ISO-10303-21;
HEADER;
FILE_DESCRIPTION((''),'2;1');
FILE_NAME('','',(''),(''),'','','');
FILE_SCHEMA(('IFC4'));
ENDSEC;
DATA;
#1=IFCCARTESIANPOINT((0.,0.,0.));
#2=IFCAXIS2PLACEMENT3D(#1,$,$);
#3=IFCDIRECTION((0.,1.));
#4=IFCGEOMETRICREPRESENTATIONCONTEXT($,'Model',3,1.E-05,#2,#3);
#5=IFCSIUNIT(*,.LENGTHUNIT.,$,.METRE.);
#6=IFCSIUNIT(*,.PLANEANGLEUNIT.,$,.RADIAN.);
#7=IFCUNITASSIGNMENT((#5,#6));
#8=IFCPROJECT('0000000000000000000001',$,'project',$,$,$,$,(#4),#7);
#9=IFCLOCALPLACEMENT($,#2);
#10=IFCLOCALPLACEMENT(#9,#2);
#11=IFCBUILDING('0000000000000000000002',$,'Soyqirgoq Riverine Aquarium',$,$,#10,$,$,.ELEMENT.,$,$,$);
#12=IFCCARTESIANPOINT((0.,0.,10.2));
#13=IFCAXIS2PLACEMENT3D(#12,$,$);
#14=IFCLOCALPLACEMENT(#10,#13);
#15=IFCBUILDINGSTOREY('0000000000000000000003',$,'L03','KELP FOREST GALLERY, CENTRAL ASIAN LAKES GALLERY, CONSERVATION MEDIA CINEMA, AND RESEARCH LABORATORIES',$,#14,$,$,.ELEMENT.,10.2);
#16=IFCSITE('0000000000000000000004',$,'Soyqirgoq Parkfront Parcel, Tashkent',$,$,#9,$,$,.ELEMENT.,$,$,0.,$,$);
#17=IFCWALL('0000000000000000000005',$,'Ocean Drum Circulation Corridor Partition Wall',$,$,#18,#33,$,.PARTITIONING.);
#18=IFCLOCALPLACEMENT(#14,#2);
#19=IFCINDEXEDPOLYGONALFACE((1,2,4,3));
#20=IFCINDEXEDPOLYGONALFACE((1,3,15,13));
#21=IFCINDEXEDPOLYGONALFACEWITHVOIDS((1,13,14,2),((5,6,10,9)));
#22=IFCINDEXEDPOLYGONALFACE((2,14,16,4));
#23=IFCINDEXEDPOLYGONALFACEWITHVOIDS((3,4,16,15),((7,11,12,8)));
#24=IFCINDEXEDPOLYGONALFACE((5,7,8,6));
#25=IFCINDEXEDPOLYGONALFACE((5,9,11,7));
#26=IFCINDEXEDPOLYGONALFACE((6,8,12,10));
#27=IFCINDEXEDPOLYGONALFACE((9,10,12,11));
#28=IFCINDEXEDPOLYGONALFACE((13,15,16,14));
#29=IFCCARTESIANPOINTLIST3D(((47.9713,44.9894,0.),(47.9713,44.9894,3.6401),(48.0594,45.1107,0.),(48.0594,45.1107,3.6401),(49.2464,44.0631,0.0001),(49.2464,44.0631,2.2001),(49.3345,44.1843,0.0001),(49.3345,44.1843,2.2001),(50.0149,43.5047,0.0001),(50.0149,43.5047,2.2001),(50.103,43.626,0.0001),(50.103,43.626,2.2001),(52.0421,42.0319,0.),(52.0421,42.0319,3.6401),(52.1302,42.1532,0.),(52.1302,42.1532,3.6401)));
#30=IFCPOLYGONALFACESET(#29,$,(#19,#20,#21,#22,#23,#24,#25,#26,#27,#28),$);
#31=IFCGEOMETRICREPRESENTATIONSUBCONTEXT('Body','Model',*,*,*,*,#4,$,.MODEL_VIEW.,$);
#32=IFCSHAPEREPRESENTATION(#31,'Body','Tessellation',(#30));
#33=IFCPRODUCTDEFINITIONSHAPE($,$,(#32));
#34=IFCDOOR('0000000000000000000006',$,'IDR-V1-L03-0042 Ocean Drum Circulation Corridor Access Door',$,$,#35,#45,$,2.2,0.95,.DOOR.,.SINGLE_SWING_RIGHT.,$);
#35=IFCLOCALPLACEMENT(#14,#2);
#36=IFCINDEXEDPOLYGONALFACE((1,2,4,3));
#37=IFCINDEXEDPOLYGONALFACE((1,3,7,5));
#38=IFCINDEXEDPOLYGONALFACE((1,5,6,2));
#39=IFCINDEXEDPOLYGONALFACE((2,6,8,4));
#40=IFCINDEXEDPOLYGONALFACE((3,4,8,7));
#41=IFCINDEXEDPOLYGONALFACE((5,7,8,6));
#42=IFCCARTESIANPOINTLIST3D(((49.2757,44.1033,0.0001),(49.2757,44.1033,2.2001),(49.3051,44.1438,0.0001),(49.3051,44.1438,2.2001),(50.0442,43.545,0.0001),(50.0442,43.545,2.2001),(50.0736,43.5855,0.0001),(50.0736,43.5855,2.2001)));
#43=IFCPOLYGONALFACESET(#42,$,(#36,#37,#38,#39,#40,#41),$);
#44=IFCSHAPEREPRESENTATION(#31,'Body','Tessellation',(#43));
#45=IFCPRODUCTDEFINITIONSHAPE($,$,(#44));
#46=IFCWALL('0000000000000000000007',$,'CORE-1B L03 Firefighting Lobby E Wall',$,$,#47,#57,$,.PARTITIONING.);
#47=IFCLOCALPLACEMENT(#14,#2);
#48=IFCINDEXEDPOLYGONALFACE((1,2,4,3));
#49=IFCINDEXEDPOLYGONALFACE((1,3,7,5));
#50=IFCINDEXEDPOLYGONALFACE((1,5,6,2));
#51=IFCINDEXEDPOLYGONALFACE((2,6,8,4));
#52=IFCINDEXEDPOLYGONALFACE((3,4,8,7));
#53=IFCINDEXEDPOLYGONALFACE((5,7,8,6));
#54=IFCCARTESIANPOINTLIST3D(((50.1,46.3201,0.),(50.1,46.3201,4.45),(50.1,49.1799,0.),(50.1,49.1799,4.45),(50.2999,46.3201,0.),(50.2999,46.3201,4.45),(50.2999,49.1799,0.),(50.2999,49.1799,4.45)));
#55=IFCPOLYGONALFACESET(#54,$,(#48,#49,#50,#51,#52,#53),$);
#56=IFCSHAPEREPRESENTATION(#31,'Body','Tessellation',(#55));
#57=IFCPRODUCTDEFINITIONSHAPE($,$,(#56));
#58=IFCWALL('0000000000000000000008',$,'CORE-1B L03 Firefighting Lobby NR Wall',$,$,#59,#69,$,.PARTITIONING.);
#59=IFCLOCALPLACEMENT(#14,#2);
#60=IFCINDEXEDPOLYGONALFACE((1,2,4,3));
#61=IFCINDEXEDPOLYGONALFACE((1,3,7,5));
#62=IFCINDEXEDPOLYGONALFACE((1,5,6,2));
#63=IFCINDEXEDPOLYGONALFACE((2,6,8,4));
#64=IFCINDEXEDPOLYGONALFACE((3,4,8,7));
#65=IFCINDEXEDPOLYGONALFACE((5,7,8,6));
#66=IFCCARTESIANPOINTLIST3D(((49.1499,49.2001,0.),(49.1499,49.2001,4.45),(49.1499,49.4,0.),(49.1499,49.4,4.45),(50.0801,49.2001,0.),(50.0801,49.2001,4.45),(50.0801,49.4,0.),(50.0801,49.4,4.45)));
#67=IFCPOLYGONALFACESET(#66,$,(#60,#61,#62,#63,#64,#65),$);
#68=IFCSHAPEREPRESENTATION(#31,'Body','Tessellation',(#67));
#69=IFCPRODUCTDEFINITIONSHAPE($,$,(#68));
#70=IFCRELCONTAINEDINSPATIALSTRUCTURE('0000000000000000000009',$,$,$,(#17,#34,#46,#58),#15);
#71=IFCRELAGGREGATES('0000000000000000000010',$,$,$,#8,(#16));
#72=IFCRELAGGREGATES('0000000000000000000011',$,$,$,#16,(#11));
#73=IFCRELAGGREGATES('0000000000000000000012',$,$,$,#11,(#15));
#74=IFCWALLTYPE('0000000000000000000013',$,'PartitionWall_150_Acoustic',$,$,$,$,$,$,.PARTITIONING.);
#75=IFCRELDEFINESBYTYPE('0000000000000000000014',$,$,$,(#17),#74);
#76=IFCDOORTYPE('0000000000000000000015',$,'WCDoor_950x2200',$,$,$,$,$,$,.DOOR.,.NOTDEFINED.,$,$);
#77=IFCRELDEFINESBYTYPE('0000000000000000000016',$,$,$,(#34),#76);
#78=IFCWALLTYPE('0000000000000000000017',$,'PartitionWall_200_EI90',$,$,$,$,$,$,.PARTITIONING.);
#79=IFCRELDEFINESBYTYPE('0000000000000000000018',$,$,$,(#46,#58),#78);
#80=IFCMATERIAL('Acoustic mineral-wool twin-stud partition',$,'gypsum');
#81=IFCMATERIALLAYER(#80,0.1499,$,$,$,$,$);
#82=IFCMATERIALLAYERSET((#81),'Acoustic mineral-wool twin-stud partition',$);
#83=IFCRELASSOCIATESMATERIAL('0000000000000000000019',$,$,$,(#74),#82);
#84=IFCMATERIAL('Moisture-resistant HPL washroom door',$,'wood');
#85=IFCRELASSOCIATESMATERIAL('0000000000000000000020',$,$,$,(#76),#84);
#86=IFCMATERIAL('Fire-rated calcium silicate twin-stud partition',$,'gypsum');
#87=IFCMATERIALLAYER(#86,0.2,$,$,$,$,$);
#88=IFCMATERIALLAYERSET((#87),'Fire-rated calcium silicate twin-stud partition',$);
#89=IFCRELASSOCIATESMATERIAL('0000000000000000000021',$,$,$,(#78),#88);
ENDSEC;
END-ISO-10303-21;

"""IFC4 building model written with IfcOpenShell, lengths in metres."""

from ifc_helpers import new_model, si_unit, direction, frame, frame_2d, origin, place, context, subcontext, project, spatial, rectangle, extrude, material, layer, layer_set, type_object, element, fill, save


model = new_model("IFC4")

# Units and contexts
model_context = context("Model", 3, precision=1e-05, world=origin(), true_north=direction((0.0, 1.0)))
body_context = subcontext(model_context, "Body", "Model", "MODEL_VIEW")
ifc_project = project(units=[si_unit("LENGTHUNIT", "METRE"), si_unit("PLANEANGLEUNIT", "RADIAN")], contexts=[model_context])

# Site, building, storey
site_placement = place(None, origin())
site = spatial("IfcSite", under=ifc_project, at=site_placement, Name="Soyqirgoq Parkfront Parcel, Tashkent", CompositionType="ELEMENT", RefElevation=0.0)
building_placement = place(site_placement, origin())
building = spatial("IfcBuilding", under=site, at=building_placement, Name="Soyqirgoq Riverine Aquarium", CompositionType="ELEMENT")
storey_placement = place(building_placement, frame((0.0, 0.0, 10.2)))
storey = spatial("IfcBuildingStorey", under=building, at=storey_placement, Name="L03", Description="KELP FOREST GALLERY, CENTRAL ASIAN LAKES GALLERY, CONSERVATION MEDIA CINEMA, AND RESEARCH LABORATORIES", CompositionType="ELEMENT", Elevation=10.2)

# Wall, opening, door
ifc_material_1 = material(Name="Acoustic mineral-wool twin-stud partition", Category="gypsum")
ifc_layer_1 = layer(ifc_material_1, 0.1499)
ifc_layer_set_1 = layer_set([ifc_layer_1], Name="Acoustic mineral-wool twin-stud partition")
wall_type_1 = type_object("IfcWallType", Name="PartitionWall_150_Acoustic", PredefinedType="PARTITIONING", material=ifc_layer_set_1)
wall_1_placement = place(storey_placement, frame((48.0154, 45.05, 0.0), z_axis=(0.0, 0.0, 1.0), x_axis=(0.809026, -0.587773, 0.0)))
wall_1 = element("IfcWall", 1, at=wall_1_placement, inside=storey, type_object=wall_type_1, Name="Ocean Drum Circulation Corridor Partition Wall", PredefinedType="PARTITIONING", context=body_context, shape_type="SweptSolid", body=[
    extrude(rectangle(XDim=5.0317, YDim=0.1499, at=frame_2d((2.5159, 0.0))), origin(), (0.0, 0.0, 1.0), 3.6401),
])
opening_1_placement = place(wall_1_placement, frame((1.5759, 0.0, 0.0)))
opening_1 = element("IfcOpeningElement", 2, at=opening_1_placement, cuts=wall_1, PredefinedType="OPENING", context=body_context, shape_type="SweptSolid", body=[
    extrude(rectangle(XDim=0.95, YDim=2.2, at=frame_2d((0.4751, 1.1001))), frame((0.0, 0.085, 0.0), z_axis=(0.0, -1.0, 0.0), x_axis=(1.0, 0.0, 0.0)), (0.0, 0.0, 1.0), 0.1699),
])
ifc_material_2 = material(Name="Moisture-resistant HPL washroom door", Category="wood")
door_type_1 = type_object("IfcDoorType", Name="WCDoor_950x2200", OperationType="NOTDEFINED", PredefinedType="DOOR", material=ifc_material_2)
door_1_placement = place(opening_1_placement, origin())
door_1 = element("IfcDoor", 3, at=door_1_placement, inside=storey, type_object=door_type_1, Name="IDR-V1-L03-0042 Ocean Drum Circulation Corridor Access Door", OperationType="SINGLE_SWING_RIGHT", OverallHeight=2.2, OverallWidth=0.95, PredefinedType="DOOR", context=body_context, shape_type="SweptSolid", body=[
    extrude(rectangle(XDim=0.95, YDim=2.2, at=frame_2d((0.4751, 1.1001))), frame((0.0, 0.0249, 0.0), z_axis=(0.0, -1.0, 0.0), x_axis=(1.0, 0.0, 0.0)), (0.0, 0.0, 1.0), 0.05),
])
fill(opening_1, door_1)

# Walls
ifc_material_3 = material(Name="Fire-rated calcium silicate twin-stud partition", Category="gypsum")
ifc_layer_2 = layer(ifc_material_3, 0.2)
ifc_layer_set_2 = layer_set([ifc_layer_2], Name="Fire-rated calcium silicate twin-stud partition")
wall_type_2 = type_object("IfcWallType", Name="PartitionWall_200_EI90", PredefinedType="PARTITIONING", material=ifc_layer_set_2)
wall_2_placement = place(storey_placement, frame((50.2, 46.3201, 0.0), z_axis=(0.0, 0.0, 1.0), x_axis=(0.0, 1.0, 0.0)))
element("IfcWall", 4, at=wall_2_placement, inside=storey, type_object=wall_type_2, Name="CORE-1B L03 Firefighting Lobby E Wall", PredefinedType="PARTITIONING", context=body_context, shape_type="SweptSolid", body=[
    extrude(rectangle(XDim=2.8599, YDim=0.2, at=frame_2d((1.4299, 0.0))), origin(), (0.0, 0.0, 1.0), 4.45),
])
wall_3_placement = place(storey_placement, frame((49.1499, 49.3, 0.0), z_axis=(0.0, 0.0, 1.0), x_axis=(1.0, 0.0, 0.0)))
element("IfcWall", 5, at=wall_3_placement, inside=storey, type_object=wall_type_2, Name="CORE-1B L03 Firefighting Lobby NR Wall", PredefinedType="PARTITIONING", context=body_context, shape_type="SweptSolid", body=[
    extrude(rectangle(XDim=0.9302, YDim=0.2, at=frame_2d((0.4651, 0.0))), origin(), (0.0, 0.0, 1.0), 4.45),
])

save(model, "model.ifc")
